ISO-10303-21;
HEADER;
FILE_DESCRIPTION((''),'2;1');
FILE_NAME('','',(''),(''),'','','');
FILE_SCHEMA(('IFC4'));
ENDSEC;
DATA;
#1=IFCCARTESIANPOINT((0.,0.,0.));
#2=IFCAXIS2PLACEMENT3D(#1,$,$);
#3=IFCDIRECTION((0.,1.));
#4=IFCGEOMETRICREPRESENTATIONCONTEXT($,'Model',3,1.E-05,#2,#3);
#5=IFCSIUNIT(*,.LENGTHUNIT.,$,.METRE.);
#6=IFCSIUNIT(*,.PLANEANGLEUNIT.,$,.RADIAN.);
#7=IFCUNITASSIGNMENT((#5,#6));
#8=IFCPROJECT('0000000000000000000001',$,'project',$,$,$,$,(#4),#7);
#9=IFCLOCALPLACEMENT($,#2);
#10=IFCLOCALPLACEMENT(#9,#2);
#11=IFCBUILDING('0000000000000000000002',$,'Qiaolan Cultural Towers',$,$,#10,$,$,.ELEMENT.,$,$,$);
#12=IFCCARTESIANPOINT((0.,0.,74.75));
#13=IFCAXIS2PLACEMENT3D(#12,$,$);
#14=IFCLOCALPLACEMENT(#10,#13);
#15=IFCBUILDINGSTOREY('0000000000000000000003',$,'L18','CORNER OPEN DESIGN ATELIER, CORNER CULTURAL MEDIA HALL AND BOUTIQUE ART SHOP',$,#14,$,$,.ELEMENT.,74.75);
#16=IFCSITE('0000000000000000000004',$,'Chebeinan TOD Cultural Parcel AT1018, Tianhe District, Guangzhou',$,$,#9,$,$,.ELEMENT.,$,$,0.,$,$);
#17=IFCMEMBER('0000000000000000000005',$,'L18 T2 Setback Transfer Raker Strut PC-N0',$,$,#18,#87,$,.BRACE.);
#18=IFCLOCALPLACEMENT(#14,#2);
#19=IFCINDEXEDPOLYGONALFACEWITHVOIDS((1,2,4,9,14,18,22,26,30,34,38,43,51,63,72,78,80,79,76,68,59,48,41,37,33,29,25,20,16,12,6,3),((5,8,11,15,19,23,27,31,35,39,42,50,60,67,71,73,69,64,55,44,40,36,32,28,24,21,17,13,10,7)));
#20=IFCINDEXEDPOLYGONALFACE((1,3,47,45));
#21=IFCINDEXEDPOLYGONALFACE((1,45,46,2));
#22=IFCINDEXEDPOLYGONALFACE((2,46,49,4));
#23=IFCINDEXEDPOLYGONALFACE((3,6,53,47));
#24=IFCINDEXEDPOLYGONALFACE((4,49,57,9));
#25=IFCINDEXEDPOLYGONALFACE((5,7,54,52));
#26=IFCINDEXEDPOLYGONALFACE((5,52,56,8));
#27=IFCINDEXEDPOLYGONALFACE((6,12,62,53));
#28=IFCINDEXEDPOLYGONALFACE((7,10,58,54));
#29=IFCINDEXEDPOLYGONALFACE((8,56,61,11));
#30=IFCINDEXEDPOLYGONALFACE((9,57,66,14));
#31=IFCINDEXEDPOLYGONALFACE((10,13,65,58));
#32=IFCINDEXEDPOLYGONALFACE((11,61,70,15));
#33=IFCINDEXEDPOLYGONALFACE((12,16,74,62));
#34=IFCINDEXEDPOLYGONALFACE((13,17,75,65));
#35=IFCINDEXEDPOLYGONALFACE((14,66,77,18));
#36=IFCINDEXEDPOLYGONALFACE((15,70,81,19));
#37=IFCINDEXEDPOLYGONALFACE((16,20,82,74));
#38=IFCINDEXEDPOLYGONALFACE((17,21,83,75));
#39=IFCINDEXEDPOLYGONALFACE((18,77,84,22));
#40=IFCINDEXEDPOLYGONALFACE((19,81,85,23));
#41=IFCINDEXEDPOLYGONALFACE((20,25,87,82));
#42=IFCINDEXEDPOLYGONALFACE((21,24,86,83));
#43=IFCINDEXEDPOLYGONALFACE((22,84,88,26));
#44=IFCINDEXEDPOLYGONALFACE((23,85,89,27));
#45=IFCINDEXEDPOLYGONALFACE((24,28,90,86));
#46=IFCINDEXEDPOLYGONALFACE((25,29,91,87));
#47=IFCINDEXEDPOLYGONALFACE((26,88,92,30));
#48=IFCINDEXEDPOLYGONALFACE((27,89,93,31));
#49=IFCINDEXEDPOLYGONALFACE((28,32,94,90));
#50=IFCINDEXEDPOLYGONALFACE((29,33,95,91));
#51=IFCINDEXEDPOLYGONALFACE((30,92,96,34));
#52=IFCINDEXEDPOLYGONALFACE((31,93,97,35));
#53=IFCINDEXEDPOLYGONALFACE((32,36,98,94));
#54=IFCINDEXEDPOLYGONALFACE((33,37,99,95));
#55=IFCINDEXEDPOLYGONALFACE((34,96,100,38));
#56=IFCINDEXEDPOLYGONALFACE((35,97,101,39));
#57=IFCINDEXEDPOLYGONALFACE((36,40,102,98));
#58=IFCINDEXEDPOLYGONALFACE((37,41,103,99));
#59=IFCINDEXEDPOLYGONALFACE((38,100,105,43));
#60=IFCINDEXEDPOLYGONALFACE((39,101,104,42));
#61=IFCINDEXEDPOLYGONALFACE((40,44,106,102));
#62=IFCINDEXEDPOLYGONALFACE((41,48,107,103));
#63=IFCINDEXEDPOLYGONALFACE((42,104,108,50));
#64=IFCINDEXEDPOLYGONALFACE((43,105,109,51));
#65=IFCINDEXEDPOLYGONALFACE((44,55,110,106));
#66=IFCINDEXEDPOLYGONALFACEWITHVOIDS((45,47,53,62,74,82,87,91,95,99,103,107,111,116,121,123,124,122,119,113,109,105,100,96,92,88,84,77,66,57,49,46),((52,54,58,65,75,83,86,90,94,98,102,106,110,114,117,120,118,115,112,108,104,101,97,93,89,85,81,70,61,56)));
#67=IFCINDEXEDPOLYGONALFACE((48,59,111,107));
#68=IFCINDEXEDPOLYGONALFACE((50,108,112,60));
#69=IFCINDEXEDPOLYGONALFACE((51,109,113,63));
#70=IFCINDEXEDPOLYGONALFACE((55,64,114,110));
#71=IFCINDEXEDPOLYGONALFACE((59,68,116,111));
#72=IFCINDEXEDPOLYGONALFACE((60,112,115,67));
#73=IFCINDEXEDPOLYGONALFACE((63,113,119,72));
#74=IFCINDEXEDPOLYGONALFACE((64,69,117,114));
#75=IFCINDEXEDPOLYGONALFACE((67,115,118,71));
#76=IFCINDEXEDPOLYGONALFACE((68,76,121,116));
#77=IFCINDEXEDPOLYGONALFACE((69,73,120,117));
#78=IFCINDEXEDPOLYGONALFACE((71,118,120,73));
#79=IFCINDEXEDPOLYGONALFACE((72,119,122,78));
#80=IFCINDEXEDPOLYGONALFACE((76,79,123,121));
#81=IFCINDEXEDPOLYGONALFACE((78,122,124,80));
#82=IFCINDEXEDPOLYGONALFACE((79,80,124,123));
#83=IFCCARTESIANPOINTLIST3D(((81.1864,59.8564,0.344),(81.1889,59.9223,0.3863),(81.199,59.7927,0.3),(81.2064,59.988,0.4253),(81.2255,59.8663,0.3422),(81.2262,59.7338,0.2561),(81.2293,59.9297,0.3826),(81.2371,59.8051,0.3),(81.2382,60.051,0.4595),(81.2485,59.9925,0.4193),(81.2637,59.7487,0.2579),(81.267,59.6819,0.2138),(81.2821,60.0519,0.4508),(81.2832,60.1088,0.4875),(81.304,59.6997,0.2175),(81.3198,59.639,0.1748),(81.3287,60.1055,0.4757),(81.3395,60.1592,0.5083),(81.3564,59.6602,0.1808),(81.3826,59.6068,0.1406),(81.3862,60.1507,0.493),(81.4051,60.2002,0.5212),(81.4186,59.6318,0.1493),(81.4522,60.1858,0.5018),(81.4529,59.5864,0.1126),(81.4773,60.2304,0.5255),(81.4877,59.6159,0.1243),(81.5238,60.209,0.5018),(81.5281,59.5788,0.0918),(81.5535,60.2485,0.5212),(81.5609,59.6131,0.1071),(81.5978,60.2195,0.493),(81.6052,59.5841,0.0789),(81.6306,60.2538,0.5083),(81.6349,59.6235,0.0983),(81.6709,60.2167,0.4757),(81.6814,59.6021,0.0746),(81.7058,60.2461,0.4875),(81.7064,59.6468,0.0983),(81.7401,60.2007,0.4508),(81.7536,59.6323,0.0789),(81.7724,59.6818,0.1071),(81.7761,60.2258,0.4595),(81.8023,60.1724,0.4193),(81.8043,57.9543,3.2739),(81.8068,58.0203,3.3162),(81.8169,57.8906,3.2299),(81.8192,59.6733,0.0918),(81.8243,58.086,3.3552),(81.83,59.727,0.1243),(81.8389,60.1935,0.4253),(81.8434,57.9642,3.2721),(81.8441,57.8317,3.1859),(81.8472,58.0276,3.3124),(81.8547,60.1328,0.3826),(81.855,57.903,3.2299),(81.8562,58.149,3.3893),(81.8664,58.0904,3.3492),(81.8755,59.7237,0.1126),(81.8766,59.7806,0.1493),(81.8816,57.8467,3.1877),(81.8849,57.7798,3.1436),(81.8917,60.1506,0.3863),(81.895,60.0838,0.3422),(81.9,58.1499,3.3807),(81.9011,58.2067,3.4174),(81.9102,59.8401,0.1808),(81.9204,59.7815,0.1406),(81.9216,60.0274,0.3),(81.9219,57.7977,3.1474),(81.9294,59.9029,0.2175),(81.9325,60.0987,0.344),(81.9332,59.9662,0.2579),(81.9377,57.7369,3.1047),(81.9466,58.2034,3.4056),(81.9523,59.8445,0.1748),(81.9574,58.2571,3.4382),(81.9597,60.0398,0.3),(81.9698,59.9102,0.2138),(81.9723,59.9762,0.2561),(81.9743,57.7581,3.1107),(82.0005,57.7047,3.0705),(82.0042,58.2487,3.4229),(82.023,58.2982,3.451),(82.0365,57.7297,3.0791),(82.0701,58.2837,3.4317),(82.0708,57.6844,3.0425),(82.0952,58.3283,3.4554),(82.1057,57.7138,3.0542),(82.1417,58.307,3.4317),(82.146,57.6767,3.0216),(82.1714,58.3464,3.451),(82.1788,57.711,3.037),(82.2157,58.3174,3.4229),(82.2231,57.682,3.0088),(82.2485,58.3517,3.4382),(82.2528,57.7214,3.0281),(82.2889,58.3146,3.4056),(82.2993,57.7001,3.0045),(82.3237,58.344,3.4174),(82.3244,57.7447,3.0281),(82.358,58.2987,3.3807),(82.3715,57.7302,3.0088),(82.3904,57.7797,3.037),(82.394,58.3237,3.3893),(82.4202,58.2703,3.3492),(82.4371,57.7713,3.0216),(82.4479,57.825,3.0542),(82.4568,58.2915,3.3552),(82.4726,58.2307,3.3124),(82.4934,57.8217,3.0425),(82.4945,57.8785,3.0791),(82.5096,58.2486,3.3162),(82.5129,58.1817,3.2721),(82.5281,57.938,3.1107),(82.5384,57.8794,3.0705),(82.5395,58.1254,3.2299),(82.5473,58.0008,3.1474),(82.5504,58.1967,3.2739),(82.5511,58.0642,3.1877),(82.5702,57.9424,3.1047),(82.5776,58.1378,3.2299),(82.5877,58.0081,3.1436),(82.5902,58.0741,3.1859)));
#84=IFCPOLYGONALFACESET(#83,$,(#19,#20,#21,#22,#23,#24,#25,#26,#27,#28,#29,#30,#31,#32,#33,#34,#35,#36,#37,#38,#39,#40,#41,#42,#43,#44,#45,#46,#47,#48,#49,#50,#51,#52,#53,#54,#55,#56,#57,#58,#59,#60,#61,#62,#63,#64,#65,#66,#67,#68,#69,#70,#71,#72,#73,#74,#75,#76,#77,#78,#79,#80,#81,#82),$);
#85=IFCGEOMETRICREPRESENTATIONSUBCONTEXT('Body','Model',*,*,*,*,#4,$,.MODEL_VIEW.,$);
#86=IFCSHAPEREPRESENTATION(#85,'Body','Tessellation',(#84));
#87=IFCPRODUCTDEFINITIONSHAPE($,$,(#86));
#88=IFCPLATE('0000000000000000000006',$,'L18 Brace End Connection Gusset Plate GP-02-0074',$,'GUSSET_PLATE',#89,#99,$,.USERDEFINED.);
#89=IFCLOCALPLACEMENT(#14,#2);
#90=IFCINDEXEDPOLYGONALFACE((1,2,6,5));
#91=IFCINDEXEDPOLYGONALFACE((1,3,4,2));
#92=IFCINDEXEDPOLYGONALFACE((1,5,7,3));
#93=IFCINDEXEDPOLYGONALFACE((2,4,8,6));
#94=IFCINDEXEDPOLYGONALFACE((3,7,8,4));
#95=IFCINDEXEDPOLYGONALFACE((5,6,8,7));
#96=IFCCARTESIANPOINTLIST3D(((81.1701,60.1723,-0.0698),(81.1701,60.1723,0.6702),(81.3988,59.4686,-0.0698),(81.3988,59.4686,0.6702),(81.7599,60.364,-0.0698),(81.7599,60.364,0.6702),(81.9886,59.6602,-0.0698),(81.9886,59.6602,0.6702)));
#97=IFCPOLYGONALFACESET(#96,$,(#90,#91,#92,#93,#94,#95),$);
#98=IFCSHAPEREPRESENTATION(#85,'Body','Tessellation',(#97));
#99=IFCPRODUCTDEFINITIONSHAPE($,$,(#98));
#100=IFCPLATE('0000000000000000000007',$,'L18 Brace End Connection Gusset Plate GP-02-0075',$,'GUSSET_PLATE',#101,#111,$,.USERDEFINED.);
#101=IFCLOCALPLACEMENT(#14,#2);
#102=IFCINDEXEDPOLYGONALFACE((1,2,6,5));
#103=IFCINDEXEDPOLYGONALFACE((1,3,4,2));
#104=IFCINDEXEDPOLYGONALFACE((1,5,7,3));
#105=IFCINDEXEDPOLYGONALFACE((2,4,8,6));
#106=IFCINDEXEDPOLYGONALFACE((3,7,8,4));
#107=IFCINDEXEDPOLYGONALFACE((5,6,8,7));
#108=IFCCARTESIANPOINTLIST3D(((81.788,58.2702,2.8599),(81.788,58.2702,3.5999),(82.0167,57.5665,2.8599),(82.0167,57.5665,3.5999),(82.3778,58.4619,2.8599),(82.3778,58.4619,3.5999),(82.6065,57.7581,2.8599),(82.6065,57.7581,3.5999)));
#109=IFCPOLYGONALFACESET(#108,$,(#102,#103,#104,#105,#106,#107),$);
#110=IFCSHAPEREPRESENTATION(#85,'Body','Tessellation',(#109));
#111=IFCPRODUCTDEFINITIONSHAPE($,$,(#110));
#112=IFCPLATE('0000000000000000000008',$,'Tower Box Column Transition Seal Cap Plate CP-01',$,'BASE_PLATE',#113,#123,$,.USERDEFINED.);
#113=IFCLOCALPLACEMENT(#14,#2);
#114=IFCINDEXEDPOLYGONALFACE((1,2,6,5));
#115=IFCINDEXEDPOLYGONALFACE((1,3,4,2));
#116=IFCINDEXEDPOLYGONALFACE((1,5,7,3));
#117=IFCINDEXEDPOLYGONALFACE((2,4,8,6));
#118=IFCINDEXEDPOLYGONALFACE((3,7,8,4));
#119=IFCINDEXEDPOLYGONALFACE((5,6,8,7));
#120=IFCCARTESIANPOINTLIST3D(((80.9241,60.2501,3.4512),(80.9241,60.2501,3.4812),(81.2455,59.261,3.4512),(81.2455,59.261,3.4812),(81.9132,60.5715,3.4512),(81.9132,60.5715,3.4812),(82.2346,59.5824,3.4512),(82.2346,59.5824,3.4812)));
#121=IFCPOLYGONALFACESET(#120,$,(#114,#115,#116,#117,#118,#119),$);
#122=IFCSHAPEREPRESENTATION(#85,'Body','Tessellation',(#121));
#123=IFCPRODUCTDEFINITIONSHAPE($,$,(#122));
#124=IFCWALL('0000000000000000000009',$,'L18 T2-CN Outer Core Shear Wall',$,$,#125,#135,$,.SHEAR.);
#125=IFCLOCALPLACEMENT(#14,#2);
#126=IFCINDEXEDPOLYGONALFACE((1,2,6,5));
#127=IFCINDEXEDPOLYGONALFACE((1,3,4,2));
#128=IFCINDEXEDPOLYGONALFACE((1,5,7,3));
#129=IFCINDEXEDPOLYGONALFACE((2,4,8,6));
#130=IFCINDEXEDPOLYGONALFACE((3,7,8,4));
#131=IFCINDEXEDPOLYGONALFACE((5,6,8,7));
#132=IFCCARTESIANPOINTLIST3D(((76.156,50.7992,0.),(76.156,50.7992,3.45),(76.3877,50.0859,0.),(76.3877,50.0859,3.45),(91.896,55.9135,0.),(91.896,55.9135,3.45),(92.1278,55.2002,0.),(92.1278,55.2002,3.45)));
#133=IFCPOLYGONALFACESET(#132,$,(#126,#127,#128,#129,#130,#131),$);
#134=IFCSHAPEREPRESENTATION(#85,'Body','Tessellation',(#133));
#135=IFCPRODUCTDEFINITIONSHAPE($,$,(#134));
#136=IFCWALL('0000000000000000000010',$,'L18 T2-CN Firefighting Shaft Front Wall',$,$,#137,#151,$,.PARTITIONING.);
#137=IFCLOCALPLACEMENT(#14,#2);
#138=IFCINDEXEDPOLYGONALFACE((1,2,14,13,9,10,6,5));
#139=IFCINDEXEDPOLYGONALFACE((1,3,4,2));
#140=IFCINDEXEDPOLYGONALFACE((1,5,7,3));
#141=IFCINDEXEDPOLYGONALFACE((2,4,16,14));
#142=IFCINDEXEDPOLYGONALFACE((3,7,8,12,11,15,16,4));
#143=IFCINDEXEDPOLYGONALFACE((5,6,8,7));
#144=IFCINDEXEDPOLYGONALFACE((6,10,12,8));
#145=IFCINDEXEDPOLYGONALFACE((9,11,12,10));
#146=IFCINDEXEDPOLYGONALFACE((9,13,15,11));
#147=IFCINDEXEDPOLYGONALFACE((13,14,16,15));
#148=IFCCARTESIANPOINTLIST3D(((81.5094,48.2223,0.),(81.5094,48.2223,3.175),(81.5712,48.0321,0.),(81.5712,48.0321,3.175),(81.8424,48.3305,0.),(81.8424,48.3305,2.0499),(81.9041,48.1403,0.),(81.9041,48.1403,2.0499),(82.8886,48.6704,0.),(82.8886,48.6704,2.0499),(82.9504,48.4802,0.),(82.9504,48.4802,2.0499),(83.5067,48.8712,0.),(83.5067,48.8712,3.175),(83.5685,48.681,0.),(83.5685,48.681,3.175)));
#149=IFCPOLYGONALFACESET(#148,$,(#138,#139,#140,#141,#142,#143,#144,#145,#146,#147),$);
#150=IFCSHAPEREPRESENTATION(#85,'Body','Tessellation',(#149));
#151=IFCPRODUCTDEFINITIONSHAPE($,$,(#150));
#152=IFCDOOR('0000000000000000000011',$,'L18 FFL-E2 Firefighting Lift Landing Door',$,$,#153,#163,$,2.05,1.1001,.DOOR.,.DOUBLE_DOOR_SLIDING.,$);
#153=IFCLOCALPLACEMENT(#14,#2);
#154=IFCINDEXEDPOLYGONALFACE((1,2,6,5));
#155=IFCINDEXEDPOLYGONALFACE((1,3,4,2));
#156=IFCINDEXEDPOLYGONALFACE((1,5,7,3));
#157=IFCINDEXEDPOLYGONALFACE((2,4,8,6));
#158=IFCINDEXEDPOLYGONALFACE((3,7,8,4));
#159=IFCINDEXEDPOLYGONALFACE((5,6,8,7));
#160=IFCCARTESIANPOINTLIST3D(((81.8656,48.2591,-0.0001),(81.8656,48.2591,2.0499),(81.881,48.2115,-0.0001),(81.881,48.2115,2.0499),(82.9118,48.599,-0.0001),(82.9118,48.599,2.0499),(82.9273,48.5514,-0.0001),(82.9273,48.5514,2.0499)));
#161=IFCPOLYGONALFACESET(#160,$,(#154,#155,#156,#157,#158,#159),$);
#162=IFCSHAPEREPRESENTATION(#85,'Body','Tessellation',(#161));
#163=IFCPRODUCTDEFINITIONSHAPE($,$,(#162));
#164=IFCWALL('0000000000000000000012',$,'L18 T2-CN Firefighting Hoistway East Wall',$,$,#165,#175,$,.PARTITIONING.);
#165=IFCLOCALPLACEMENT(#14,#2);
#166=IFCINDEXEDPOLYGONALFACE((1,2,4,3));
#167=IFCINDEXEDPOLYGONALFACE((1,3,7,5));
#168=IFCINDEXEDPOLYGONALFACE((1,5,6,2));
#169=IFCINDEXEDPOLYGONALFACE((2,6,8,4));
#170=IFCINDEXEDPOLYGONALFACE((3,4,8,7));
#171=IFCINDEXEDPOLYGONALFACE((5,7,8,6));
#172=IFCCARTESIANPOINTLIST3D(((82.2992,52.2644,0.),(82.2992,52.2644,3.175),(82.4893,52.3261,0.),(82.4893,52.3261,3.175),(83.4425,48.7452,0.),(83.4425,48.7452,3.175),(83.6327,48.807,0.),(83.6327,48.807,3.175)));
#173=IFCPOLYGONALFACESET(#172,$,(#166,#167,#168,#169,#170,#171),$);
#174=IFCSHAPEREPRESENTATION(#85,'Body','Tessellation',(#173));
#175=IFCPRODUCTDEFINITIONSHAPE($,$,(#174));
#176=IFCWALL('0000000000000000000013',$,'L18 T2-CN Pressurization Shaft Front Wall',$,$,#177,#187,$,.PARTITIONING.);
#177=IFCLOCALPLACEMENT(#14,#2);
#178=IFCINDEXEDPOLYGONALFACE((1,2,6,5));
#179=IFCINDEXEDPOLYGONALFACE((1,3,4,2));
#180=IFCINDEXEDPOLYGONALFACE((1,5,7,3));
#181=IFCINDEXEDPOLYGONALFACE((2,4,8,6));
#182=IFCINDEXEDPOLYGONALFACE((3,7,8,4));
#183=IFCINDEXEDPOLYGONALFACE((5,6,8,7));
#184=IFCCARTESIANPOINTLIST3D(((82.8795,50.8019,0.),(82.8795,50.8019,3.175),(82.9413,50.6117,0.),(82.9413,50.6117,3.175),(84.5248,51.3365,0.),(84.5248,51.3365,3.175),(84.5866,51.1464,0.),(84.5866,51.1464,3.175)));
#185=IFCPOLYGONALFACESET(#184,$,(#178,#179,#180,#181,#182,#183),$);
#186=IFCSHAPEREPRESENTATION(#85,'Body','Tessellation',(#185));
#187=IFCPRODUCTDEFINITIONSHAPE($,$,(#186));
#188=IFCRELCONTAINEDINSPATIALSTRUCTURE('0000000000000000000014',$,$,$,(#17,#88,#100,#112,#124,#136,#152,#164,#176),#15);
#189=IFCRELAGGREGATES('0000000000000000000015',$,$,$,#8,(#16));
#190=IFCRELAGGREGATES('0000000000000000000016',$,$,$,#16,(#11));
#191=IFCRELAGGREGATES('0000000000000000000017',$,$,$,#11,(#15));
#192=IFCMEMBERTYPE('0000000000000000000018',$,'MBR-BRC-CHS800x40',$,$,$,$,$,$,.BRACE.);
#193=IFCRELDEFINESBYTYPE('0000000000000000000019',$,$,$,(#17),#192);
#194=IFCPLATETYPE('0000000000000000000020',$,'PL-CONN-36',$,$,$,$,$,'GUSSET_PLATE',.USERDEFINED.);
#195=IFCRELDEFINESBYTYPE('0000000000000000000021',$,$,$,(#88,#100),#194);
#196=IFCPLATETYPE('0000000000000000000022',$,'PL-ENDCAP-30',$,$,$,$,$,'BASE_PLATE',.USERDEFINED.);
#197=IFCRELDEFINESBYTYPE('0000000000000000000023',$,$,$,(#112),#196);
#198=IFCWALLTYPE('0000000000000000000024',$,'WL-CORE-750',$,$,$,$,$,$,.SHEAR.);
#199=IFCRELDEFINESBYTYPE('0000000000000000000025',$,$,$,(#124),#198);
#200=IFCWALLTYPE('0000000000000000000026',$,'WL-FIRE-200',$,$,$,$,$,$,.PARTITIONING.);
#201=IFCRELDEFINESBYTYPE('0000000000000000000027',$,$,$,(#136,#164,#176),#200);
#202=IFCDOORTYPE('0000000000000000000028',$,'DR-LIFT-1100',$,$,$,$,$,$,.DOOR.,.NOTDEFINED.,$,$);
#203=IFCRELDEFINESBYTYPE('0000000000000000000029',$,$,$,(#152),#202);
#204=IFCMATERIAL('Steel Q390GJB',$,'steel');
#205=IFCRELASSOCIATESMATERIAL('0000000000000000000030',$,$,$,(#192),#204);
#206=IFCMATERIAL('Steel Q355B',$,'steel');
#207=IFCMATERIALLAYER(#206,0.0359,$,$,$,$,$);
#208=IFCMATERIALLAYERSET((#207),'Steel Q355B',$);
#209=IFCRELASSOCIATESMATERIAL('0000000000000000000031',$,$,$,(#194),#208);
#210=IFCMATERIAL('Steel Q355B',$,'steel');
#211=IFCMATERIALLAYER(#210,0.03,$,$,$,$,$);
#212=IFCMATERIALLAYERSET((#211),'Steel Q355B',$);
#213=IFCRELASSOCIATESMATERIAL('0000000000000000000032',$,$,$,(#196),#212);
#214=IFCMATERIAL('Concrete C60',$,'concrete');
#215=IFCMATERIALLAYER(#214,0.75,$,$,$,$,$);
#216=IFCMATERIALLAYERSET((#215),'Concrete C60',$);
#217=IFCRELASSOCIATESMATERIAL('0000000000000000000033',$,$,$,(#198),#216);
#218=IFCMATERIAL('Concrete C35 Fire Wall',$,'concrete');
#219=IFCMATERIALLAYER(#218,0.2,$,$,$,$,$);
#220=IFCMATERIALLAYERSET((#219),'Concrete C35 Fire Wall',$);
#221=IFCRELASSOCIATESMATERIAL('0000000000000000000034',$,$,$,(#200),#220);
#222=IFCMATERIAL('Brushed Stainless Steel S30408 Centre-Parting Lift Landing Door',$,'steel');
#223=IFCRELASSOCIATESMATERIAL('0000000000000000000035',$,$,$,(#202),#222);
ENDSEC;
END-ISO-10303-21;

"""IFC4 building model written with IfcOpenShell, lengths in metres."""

from ifc_helpers import new_model, si_unit, direction, frame, frame_2d, origin, origin_2d, place, context, subcontext, project, spatial, rectangle, hollow_circle, extrude, material, layer, layer_set, material_profile, profile_set, type_object, element, fill, save


model = new_model("IFC4")

# Units and contexts
model_context = context("Model", 3, precision=1e-05, world=origin(), true_north=direction((0.0, 1.0)))
body_context = subcontext(model_context, "Body", "Model", "MODEL_VIEW")
ifc_project = project(units=[si_unit("LENGTHUNIT", "METRE"), si_unit("PLANEANGLEUNIT", "RADIAN")], contexts=[model_context])

# Site, building, storey
site_placement = place(None, origin())
site = spatial("IfcSite", under=ifc_project, at=site_placement, Name="Chebeinan TOD Cultural Parcel AT1018, Tianhe District, Guangzhou", CompositionType="ELEMENT", RefElevation=0.0)
building_placement = place(site_placement, origin())
building = spatial("IfcBuilding", under=site, at=building_placement, Name="Qiaolan Cultural Towers", CompositionType="ELEMENT")
storey_placement = place(building_placement, frame((0.0, 0.0, 74.75)))
storey = spatial("IfcBuildingStorey", under=building, at=storey_placement, Name="L18", Description="CORNER OPEN DESIGN ATELIER, CORNER CULTURAL MEDIA HALL AND BOUTIQUE ART SHOP", CompositionType="ELEMENT", Elevation=74.75)

# Member
ifc_material_1 = material(Name="Steel Q390GJB", Category="steel")
ifc_material_profile_1 = material_profile(ifc_material_1, hollow_circle(Radius=0.3999, WallThickness=0.04, at=origin_2d()), Name="CHS800x40")
ifc_profile_set_1 = profile_set([ifc_material_profile_1], Name="Steel Q390GJB")
member_type = type_object("IfcMemberType", Name="MBR-BRC-CHS800x40", PredefinedType="BRACE", material=ifc_profile_set_1)
member_placement = place(storey_placement, frame((81.5793, 59.9163, 0.3), z_axis=(0.174188, -0.53619, 0.825929), x_axis=(0.951073, 0.308967, 0.0)))
element("IfcMember", 1, at=member_placement, inside=storey, type_object=member_type, Name="L18 T2 Setback Transfer Raker Strut PC-N0", PredefinedType="BRACE", context=body_context, shape_type="SweptSolid", body=[
    extrude(hollow_circle(Radius=0.3999, WallThickness=0.04, at=origin_2d()), origin(), (0.0, 0.0, 1.0), 3.5474),
])

# Plates
ifc_material_2 = material(Name="Steel Q355B", Category="steel")
ifc_layer_1 = layer(ifc_material_2, 0.0359)
ifc_layer_set_1 = layer_set([ifc_layer_1], Name="Steel Q355B")
plate_type_1 = type_object("IfcPlateType", Name="PL-CONN-36", ElementType="GUSSET_PLATE", PredefinedType="USERDEFINED", material=ifc_layer_set_1)
for number, where, z_axis, x_axis, name in (
    (2, (81.5793, 59.9163, -0.0698), (0.0, 0.0, 1.0), (-0.309017, 0.951057, 0.0), "L18 Brace End Connection Gusset Plate GP-02-0074"),
    (3, (82.1973, 58.0142, 2.8599), (0.0, 0.0, 1.0), (-0.309017, 0.951057, 0.0), "L18 Brace End Connection Gusset Plate GP-02-0075"),
):
    element("IfcPlate", number, at=place(storey_placement, frame(where, z_axis=z_axis, x_axis=x_axis)), inside=storey, type_object=plate_type_1, Name=name, ObjectType="GUSSET_PLATE", PredefinedType="USERDEFINED", context=body_context, shape_type="SweptSolid", body=[
        extrude(rectangle(XDim=0.74, YDim=0.6201, at=origin_2d()), origin(), (0.0, 0.0, 1.0), 0.74),
    ])
ifc_material_3 = material(Name="Steel Q355B", Category="steel")
ifc_layer_2 = layer(ifc_material_3, 0.03)
ifc_layer_set_2 = layer_set([ifc_layer_2], Name="Steel Q355B")
plate_type_2 = type_object("IfcPlateType", Name="PL-ENDCAP-30", ElementType="BASE_PLATE", PredefinedType="USERDEFINED", material=ifc_layer_set_2)
plate_placement = place(storey_placement, frame((81.5793, 59.9163, 3.4512), z_axis=(0.0, 0.0, 1.0), x_axis=(0.951057, 0.309017, 0.0)))
element("IfcPlate", 4, at=plate_placement, inside=storey, type_object=plate_type_2, Name="Tower Box Column Transition Seal Cap Plate CP-01", ObjectType="BASE_PLATE", PredefinedType="USERDEFINED", context=body_context, shape_type="SweptSolid", body=[
    extrude(rectangle(XDim=1.04, YDim=1.04, at=origin_2d()), origin(), (0.0, 0.0, 1.0), 0.03),
])

# Wall
ifc_material_4 = material(Name="Concrete C60", Category="concrete")
ifc_layer_3 = layer(ifc_material_4, 0.75)
ifc_layer_set_3 = layer_set([ifc_layer_3], Name="Concrete C60")
wall_type_1 = type_object("IfcWallType", Name="WL-CORE-750", PredefinedType="SHEAR", material=ifc_layer_set_3)
wall_1_placement = place(storey_placement, frame((76.272, 50.4426, 0.0), z_axis=(0.0, 0.0, 1.0), x_axis=(0.951056, 0.309018, 0.0)))
element("IfcWall", 5, at=wall_1_placement, inside=storey, type_object=wall_type_1, Name="L18 T2-CN Outer Core Shear Wall", PredefinedType="SHEAR", context=body_context, shape_type="SweptSolid", body=[
    extrude(rectangle(XDim=16.55, YDim=0.75, at=frame_2d((8.2749, 0.0))), origin(), (0.0, 0.0, 1.0), 3.45),
])

# Wall, opening, door
ifc_material_5 = material(Name="Concrete C35 Fire Wall", Category="concrete")
ifc_layer_4 = layer(ifc_material_5, 0.2)
ifc_layer_set_4 = layer_set([ifc_layer_4], Name="Concrete C35 Fire Wall")
wall_type_2 = type_object("IfcWallType", Name="WL-FIRE-200", PredefinedType="PARTITIONING", material=ifc_layer_set_4)
wall_2_placement = place(storey_placement, frame((81.5403, 48.1272, 0.0), z_axis=(0.0, 0.0, 1.0), x_axis=(0.951062, 0.308999, 0.0)))
wall_2 = element("IfcWall", 6, at=wall_2_placement, inside=storey, type_object=wall_type_2, Name="L18 T2-CN Firefighting Shaft Front Wall", PredefinedType="PARTITIONING", context=body_context, shape_type="SweptSolid", body=[
    extrude(rectangle(XDim=2.1001, YDim=0.2, at=frame_2d((1.05, 0.0))), origin(), (0.0, 0.0, 1.0), 3.175),
])
opening_1_placement = place(wall_2_placement, frame((0.3501, 0.0, 0.0)))
opening_1 = element("IfcOpeningElement", 7, at=opening_1_placement, cuts=wall_2, PredefinedType="OPENING", context=body_context, shape_type="SweptSolid", body=[
    extrude(rectangle(XDim=1.1001, YDim=2.05, at=frame_2d((0.55, 1.0249))), frame((0.0, 0.1099, 0.0), z_axis=(0.0, -1.0, 0.0), x_axis=(1.0, 0.0, 0.0)), (0.0, 0.0, 1.0), 0.22),
])
ifc_material_6 = material(Name="Brushed Stainless Steel S30408 Centre-Parting Lift Landing Door", Category="steel")
door_type = type_object("IfcDoorType", Name="DR-LIFT-1100", OperationType="NOTDEFINED", PredefinedType="DOOR", material=ifc_material_6)
door_1_placement = place(opening_1_placement, origin())
door_1 = element("IfcDoor", 8, at=door_1_placement, inside=storey, type_object=door_type, Name="L18 FFL-E2 Firefighting Lift Landing Door", OperationType="DOUBLE_DOOR_SLIDING", OverallHeight=2.05, OverallWidth=1.1001, PredefinedType="DOOR", context=body_context, shape_type="SweptSolid", body=[
    extrude(rectangle(XDim=1.1001, YDim=2.05, at=frame_2d((0.55, 1.0249))), frame((0.0, 0.0249, 0.0), z_axis=(0.0, -1.0, 0.0), x_axis=(1.0, 0.0, 0.0)), (0.0, 0.0, 1.0), 0.05),
])
fill(opening_1, door_1)

# Walls
wall_3_placement = place(storey_placement, frame((83.5376, 48.7761, 0.0), z_axis=(0.0, 0.0, 1.0), x_axis=(-0.308994, 0.951064, 0.0)))
element("IfcWall", 9, at=wall_3_placement, inside=storey, type_object=wall_type_2, Name="L18 T2-CN Firefighting Hoistway East Wall", PredefinedType="PARTITIONING", context=body_context, shape_type="SweptSolid", body=[
    extrude(rectangle(XDim=3.7002, YDim=0.2, at=frame_2d((1.8501, 0.0))), origin(), (0.0, 0.0, 1.0), 3.175),
])
wall_4_placement = place(storey_placement, frame((82.9104, 50.7068, 0.0), z_axis=(0.0, 0.0, 1.0), x_axis=(0.951041, 0.309064, 0.0)))
element("IfcWall", 10, at=wall_4_placement, inside=storey, type_object=wall_type_2, Name="L18 T2-CN Pressurization Shaft Front Wall", PredefinedType="PARTITIONING", context=body_context, shape_type="SweptSolid", body=[
    extrude(rectangle(XDim=1.73, YDim=0.2, at=frame_2d((0.865, 0.0))), origin(), (0.0, 0.0, 1.0), 3.175),
])

save(model, "model.ifc")
